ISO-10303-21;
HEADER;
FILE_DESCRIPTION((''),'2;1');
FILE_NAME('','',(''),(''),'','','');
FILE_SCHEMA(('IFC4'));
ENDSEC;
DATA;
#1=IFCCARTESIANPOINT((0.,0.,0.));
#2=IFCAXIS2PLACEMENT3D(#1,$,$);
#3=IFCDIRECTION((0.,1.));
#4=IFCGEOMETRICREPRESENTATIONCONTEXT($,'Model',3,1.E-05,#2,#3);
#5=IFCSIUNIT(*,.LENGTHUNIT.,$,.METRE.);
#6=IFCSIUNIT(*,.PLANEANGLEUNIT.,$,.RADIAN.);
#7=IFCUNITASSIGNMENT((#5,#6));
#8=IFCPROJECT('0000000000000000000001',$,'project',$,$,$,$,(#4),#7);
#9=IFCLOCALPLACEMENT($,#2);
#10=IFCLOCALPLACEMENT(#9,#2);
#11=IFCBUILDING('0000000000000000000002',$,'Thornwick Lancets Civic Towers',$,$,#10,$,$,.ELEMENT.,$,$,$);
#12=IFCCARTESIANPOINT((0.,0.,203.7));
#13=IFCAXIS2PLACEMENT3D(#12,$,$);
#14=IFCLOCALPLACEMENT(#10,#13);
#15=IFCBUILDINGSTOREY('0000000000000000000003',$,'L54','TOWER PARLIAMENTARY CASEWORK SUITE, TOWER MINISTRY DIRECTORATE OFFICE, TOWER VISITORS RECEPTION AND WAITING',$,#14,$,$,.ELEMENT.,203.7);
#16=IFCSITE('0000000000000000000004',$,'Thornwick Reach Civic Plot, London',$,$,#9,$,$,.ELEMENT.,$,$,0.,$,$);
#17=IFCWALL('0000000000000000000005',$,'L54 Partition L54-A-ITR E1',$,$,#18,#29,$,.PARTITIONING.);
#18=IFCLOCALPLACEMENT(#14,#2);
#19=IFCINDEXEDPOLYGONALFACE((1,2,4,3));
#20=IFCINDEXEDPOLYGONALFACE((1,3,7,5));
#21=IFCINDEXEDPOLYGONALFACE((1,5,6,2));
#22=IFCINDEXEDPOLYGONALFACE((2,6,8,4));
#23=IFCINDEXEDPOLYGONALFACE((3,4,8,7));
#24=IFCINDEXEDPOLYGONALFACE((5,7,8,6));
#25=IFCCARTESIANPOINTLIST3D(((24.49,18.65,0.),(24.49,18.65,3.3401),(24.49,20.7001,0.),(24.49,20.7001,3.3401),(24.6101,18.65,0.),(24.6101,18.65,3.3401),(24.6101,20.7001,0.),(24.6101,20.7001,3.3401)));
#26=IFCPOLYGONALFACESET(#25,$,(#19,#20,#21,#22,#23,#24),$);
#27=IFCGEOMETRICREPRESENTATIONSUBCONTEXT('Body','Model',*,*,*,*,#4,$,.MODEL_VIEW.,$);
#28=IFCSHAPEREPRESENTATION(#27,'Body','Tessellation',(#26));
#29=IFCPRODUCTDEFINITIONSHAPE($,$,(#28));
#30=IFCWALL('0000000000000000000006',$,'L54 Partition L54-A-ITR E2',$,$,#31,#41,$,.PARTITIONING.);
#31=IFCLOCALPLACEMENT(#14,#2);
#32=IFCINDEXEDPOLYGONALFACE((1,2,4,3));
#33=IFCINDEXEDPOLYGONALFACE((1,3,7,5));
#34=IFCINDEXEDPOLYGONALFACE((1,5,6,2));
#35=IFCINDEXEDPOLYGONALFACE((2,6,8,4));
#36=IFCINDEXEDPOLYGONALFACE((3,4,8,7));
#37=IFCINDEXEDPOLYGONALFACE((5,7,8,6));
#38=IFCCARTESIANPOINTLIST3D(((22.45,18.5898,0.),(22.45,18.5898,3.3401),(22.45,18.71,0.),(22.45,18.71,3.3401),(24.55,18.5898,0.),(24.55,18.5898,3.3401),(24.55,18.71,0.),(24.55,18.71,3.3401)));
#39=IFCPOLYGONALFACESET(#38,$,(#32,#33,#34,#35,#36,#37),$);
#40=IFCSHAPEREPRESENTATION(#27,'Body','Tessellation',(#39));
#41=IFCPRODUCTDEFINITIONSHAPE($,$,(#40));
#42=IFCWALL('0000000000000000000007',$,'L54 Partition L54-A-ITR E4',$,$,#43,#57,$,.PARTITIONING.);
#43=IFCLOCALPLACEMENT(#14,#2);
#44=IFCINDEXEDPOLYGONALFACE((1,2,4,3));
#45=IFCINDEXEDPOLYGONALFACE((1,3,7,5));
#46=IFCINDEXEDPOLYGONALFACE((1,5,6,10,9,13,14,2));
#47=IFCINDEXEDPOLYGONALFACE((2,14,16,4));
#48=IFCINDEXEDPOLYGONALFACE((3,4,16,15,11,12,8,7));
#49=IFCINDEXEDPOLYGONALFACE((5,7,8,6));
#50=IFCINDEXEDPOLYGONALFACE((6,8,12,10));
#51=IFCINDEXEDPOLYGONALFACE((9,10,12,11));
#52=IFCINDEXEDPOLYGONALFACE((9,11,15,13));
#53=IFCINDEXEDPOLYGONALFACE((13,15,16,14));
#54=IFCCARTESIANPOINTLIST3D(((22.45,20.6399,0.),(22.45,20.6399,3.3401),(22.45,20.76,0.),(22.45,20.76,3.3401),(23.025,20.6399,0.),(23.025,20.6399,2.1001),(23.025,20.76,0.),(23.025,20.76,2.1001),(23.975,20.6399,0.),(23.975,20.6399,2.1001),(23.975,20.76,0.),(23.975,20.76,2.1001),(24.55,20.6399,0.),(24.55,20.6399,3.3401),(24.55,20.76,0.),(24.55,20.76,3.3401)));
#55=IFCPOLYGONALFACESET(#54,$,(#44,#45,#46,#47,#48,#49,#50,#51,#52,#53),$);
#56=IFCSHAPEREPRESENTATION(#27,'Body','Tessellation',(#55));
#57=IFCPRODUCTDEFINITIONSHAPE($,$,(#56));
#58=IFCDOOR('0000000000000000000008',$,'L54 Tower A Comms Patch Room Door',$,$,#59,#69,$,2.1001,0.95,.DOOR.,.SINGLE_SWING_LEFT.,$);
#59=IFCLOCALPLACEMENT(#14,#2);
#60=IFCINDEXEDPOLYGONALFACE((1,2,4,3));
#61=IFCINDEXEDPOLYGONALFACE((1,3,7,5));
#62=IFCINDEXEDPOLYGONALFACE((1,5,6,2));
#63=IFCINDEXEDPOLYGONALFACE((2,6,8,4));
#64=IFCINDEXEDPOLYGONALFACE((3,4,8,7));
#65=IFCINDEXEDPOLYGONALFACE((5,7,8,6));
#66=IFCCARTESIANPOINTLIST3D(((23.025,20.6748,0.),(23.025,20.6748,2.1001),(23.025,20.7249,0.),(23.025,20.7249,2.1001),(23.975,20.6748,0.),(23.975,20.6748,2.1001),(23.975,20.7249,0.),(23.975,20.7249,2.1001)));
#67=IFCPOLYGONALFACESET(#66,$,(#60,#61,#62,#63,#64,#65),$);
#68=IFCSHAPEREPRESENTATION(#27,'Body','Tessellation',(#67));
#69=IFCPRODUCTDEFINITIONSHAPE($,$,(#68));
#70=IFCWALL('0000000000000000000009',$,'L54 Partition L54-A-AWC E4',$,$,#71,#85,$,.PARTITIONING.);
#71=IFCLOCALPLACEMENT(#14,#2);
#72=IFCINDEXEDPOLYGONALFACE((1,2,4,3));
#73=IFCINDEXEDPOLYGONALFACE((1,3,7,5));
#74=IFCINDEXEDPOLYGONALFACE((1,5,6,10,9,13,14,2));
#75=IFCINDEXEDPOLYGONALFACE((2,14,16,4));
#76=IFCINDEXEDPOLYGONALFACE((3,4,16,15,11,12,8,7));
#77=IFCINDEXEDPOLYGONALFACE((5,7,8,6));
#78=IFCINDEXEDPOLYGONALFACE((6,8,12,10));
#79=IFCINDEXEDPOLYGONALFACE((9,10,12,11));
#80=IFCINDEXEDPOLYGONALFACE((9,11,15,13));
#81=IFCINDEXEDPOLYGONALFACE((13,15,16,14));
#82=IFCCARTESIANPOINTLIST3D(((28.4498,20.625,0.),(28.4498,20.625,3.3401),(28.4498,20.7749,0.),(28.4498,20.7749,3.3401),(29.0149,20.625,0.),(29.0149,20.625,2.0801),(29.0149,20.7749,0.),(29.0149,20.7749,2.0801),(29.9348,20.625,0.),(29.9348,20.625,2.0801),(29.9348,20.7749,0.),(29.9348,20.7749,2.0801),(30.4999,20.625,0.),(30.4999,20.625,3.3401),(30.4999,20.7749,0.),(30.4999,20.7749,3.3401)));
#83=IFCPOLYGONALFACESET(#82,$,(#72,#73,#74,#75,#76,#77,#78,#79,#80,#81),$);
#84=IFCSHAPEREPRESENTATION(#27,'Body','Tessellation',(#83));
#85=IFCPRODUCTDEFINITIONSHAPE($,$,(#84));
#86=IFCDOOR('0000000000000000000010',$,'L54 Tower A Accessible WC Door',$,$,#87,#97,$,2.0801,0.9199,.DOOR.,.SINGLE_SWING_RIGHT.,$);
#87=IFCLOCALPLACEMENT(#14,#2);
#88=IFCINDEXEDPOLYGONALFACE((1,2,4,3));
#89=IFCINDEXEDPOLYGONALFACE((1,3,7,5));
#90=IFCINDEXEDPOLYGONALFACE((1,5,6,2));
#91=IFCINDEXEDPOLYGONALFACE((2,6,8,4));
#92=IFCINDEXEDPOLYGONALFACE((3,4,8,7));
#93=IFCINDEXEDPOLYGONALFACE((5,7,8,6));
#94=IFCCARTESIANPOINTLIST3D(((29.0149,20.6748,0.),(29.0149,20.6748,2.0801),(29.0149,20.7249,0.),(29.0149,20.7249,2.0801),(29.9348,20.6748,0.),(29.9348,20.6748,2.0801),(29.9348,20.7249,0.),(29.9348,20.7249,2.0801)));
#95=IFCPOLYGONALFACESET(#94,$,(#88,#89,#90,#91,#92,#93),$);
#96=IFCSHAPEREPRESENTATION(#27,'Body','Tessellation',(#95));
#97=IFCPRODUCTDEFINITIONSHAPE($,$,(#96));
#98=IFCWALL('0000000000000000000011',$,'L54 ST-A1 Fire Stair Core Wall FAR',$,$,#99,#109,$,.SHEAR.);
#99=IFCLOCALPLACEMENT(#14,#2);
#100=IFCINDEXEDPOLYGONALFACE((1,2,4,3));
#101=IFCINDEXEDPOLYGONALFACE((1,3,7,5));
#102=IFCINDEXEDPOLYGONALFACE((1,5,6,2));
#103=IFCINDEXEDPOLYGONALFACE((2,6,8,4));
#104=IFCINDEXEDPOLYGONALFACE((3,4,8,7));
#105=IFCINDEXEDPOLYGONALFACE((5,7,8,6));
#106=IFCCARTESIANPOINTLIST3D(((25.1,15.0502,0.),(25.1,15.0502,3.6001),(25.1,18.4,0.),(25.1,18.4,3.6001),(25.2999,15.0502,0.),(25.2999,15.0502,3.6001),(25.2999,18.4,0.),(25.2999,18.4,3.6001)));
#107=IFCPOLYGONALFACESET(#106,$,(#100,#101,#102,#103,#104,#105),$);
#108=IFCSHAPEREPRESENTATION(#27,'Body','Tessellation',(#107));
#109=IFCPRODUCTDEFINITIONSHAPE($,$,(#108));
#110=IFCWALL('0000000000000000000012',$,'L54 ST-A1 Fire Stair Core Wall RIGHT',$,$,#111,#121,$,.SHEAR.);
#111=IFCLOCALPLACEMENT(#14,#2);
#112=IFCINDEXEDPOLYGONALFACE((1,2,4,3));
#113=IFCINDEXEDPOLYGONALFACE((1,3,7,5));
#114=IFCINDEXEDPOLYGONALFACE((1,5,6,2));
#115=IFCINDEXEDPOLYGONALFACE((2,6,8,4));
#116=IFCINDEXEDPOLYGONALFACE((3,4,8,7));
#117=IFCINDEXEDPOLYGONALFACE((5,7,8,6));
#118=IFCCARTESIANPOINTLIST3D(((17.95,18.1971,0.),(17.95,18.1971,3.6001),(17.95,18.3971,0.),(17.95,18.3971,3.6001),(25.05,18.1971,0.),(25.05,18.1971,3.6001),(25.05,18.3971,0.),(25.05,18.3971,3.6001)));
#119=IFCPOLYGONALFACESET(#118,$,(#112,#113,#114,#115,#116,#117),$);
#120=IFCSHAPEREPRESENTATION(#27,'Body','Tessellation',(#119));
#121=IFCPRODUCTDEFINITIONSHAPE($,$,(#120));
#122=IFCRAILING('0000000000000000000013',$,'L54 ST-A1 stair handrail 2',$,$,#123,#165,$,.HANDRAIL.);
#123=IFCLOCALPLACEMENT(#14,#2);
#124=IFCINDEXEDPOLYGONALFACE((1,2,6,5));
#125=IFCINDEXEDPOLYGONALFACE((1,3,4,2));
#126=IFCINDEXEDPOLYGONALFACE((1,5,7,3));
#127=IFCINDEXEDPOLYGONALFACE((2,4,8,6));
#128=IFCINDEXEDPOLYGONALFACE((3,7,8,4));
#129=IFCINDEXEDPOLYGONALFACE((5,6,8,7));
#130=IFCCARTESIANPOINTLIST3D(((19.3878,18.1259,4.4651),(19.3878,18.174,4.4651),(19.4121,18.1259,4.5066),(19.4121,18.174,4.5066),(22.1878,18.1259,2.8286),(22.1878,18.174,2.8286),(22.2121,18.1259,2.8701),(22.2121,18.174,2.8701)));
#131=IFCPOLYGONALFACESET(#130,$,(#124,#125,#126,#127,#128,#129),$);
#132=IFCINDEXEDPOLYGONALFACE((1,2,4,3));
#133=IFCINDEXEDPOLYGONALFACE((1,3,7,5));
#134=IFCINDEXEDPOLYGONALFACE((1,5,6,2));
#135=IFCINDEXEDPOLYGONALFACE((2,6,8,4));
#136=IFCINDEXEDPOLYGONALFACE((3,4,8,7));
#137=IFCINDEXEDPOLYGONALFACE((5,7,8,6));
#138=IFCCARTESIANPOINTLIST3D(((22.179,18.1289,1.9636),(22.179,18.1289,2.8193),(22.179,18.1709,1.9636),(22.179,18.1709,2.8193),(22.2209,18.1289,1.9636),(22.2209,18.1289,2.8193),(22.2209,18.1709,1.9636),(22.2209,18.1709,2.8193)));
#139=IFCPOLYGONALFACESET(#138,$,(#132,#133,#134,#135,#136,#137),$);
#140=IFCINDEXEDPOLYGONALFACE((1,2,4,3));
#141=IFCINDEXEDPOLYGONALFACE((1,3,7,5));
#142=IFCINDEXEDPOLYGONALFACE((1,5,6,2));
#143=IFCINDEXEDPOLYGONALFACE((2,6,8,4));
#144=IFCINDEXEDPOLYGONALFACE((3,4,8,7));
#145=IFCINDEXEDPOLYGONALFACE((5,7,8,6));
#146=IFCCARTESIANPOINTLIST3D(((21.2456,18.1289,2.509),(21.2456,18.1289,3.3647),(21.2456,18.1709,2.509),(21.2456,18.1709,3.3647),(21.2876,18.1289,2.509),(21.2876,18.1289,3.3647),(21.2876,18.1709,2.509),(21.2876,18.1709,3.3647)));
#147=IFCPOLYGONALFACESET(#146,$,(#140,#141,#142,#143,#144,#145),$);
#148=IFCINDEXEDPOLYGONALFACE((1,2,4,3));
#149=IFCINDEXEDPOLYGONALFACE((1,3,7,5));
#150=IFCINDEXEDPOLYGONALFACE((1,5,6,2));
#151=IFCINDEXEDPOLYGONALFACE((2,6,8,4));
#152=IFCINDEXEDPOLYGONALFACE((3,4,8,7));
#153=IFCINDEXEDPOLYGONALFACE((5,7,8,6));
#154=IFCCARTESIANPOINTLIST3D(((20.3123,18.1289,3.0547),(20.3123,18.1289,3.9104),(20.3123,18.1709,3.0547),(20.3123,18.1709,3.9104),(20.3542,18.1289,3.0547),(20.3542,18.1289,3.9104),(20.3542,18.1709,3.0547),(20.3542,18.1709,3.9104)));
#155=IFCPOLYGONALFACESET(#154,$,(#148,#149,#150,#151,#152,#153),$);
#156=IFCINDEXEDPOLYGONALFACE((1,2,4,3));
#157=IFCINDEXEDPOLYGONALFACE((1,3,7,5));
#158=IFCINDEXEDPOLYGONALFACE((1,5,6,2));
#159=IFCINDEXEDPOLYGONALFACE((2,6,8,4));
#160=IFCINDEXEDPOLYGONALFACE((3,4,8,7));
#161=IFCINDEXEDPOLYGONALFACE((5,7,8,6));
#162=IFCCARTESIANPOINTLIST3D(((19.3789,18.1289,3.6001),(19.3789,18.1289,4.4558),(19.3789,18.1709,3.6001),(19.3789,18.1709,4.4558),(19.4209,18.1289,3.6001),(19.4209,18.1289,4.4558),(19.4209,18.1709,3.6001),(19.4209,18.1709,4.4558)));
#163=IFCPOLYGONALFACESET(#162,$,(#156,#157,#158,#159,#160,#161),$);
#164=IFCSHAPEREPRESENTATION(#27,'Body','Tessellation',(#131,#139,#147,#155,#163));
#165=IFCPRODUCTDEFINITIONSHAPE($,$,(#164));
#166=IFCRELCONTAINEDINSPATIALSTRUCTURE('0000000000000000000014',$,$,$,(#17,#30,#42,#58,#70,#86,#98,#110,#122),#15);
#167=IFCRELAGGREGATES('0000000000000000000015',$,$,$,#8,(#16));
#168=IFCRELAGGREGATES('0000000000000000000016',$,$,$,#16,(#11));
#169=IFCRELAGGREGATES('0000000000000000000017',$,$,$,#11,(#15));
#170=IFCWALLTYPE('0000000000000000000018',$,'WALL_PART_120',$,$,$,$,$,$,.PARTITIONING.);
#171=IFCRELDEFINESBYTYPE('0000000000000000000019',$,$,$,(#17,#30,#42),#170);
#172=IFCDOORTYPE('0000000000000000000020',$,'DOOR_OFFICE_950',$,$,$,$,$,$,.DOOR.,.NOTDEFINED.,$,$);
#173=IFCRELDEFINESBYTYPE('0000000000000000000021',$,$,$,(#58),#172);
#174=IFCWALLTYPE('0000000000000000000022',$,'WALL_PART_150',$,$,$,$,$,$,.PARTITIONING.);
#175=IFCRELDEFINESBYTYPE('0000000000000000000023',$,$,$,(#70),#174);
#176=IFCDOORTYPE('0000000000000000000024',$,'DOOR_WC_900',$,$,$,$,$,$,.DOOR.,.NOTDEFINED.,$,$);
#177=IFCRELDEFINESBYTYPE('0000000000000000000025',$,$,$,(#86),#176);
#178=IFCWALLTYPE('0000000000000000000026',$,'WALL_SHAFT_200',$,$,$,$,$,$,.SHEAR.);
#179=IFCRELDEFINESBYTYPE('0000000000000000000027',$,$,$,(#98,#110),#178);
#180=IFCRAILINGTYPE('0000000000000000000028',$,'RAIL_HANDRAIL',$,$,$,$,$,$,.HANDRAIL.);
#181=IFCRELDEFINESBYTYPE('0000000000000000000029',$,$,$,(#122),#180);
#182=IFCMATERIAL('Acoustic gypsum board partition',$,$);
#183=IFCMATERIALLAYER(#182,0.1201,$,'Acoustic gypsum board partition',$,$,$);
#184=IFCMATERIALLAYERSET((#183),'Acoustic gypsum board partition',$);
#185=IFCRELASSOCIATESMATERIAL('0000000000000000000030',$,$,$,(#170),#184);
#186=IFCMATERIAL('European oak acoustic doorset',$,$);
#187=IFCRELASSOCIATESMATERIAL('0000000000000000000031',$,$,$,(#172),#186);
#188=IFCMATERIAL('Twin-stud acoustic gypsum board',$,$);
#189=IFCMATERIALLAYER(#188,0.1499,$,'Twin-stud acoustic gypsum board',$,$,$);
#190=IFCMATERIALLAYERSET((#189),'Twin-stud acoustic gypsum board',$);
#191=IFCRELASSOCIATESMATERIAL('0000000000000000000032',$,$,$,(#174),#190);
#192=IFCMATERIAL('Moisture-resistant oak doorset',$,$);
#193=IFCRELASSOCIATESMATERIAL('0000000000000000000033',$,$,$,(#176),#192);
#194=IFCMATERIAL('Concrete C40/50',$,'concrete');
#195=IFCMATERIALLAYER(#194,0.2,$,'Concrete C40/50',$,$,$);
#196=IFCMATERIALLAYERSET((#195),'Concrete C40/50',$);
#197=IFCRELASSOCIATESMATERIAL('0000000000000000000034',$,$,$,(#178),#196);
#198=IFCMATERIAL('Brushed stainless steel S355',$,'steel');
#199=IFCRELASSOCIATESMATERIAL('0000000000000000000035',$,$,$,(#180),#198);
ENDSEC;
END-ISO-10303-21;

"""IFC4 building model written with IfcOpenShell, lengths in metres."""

from ifc_helpers import new_model, si_unit, direction, frame, frame_2d, origin, origin_2d, place, context, subcontext, project, spatial, rectangle, extrude, material, layer, layer_set, type_object, element, fill, save


model = new_model("IFC4")

# Units and contexts
model_context = context("Model", 3, precision=1e-05, world=origin(), true_north=direction((0.0, 1.0)))
body_context = subcontext(model_context, "Body", "Model", "MODEL_VIEW")
ifc_project = project(units=[si_unit("LENGTHUNIT", "METRE"), si_unit("PLANEANGLEUNIT", "RADIAN")], contexts=[model_context])

# Site, building, storey
site_placement = place(None, origin())
site = spatial("IfcSite", under=ifc_project, at=site_placement, Name="Thornwick Reach Civic Plot, London", CompositionType="ELEMENT", RefElevation=0.0)
building_placement = place(site_placement, origin())
building = spatial("IfcBuilding", under=site, at=building_placement, Name="Thornwick Lancets Civic Towers", CompositionType="ELEMENT")
storey_placement = place(building_placement, frame((0.0, 0.0, 203.7)))
storey = spatial("IfcBuildingStorey", under=building, at=storey_placement, Name="L54", Description="TOWER PARLIAMENTARY CASEWORK SUITE, TOWER MINISTRY DIRECTORATE OFFICE, TOWER VISITORS RECEPTION AND WAITING", CompositionType="ELEMENT", Elevation=203.7)

# Shared definitions
ifc_material_1 = material(Name="Concrete C40/50", Category="concrete")

# Walls
ifc_material_2 = material(Name="Acoustic gypsum board partition")
ifc_layer_1 = layer(ifc_material_2, 0.1201, Name="Acoustic gypsum board partition")
ifc_layer_set_1 = layer_set([ifc_layer_1], Name="Acoustic gypsum board partition")
wall_type_1 = type_object("IfcWallType", Name="WALL_PART_120", PredefinedType="PARTITIONING", material=ifc_layer_set_1)
wall_1_placement = place(storey_placement, frame((24.55, 20.7, 0.0), z_axis=(0.0, 0.0, 1.0), x_axis=(0.0, -1.0, 0.0)))
element("IfcWall", 1, at=wall_1_placement, inside=storey, type_object=wall_type_1, Name="L54 Partition L54-A-ITR E1", PredefinedType="PARTITIONING", context=body_context, shape_type="SweptSolid", body=[
    extrude(rectangle(XDim=2.05, YDim=0.1201, at=frame_2d((1.0249, 0.0))), origin(), (0.0, 0.0, 1.0), 3.3401),
])
wall_2_placement = place(storey_placement, frame((24.55, 18.6499, 0.0), z_axis=(0.0, 0.0, 1.0), x_axis=(-1.0, 0.0, 0.0)))
element("IfcWall", 2, at=wall_2_placement, inside=storey, type_object=wall_type_1, Name="L54 Partition L54-A-ITR E2", PredefinedType="PARTITIONING", context=body_context, shape_type="SweptSolid", body=[
    extrude(rectangle(XDim=2.1001, YDim=0.1201, at=frame_2d((1.05, 0.0))), origin(), (0.0, 0.0, 1.0), 3.3401),
])

# Walls, openings, doors
wall_3_placement = place(storey_placement, frame((22.45, 20.7, 0.0), z_axis=(0.0, 0.0, 1.0), x_axis=(1.0, 0.0, 0.0)))
wall_3 = element("IfcWall", 3, at=wall_3_placement, inside=storey, type_object=wall_type_1, Name="L54 Partition L54-A-ITR E4", PredefinedType="PARTITIONING", context=body_context, shape_type="SweptSolid", body=[
    extrude(rectangle(XDim=2.1001, YDim=0.1201, at=frame_2d((1.05, 0.0))), origin(), (0.0, 0.0, 1.0), 3.3401),
])
opening_1_placement = place(wall_3_placement, frame((0.575, 0.0, 0.0)))
opening_1 = element("IfcOpeningElement", 4, at=opening_1_placement, cuts=wall_3, PredefinedType="OPENING", context=body_context, shape_type="SweptSolid", body=[
    extrude(rectangle(XDim=0.95, YDim=2.1001, at=frame_2d((0.4751, 1.05))), frame((0.0, 0.0701, 0.0), z_axis=(0.0, -1.0, 0.0), x_axis=(1.0, 0.0, 0.0)), (0.0, 0.0, 1.0), 0.1401),
])
ifc_material_3 = material(Name="European oak acoustic doorset")
door_type_1 = type_object("IfcDoorType", Name="DOOR_OFFICE_950", OperationType="NOTDEFINED", PredefinedType="DOOR", material=ifc_material_3)
door_1_placement = place(opening_1_placement, origin())
door_1 = element("IfcDoor", 5, at=door_1_placement, inside=storey, type_object=door_type_1, Name="L54 Tower A Comms Patch Room Door", OperationType="SINGLE_SWING_LEFT", OverallHeight=2.1001, OverallWidth=0.95, PredefinedType="DOOR", context=body_context, shape_type="SweptSolid", body=[
    extrude(rectangle(XDim=0.95, YDim=2.1001, at=frame_2d((0.4751, 1.05))), frame((0.0, 0.0249, 0.0), z_axis=(0.0, -1.0, 0.0), x_axis=(1.0, 0.0, 0.0)), (0.0, 0.0, 1.0), 0.05),
])
fill(opening_1, door_1)
ifc_material_4 = material(Name="Twin-stud acoustic gypsum board")
ifc_layer_2 = layer(ifc_material_4, 0.1499, Name="Twin-stud acoustic gypsum board")
ifc_layer_set_2 = layer_set([ifc_layer_2], Name="Twin-stud acoustic gypsum board")
wall_type_2 = type_object("IfcWallType", Name="WALL_PART_150", PredefinedType="PARTITIONING", material=ifc_layer_set_2)
wall_4_placement = place(storey_placement, frame((28.45, 20.7, 0.0), z_axis=(0.0, 0.0, 1.0), x_axis=(1.0, 0.0, 0.0)))
wall_4 = element("IfcWall", 6, at=wall_4_placement, inside=storey, type_object=wall_type_2, Name="L54 Partition L54-A-AWC E4", PredefinedType="PARTITIONING", context=body_context, shape_type="SweptSolid", body=[
    extrude(rectangle(XDim=2.05, YDim=0.1499, at=frame_2d((1.0249, 0.0))), origin(), (0.0, 0.0, 1.0), 3.3401),
])
opening_2_placement = place(wall_4_placement, frame((0.5649, 0.0, 0.0)))
opening_2 = element("IfcOpeningElement", 7, at=opening_2_placement, cuts=wall_4, PredefinedType="OPENING", context=body_context, shape_type="SweptSolid", body=[
    extrude(rectangle(XDim=0.9199, YDim=2.0801, at=frame_2d((0.46, 1.04))), frame((0.0, 0.085, 0.0), z_axis=(0.0, -1.0, 0.0), x_axis=(1.0, 0.0, 0.0)), (0.0, 0.0, 1.0), 0.1699),
])
ifc_material_5 = material(Name="Moisture-resistant oak doorset")
door_type_2 = type_object("IfcDoorType", Name="DOOR_WC_900", OperationType="NOTDEFINED", PredefinedType="DOOR", material=ifc_material_5)
door_2_placement = place(opening_2_placement, origin())
door_2 = element("IfcDoor", 8, at=door_2_placement, inside=storey, type_object=door_type_2, Name="L54 Tower A Accessible WC Door", OperationType="SINGLE_SWING_RIGHT", OverallHeight=2.0801, OverallWidth=0.9199, PredefinedType="DOOR", context=body_context, shape_type="SweptSolid", body=[
    extrude(rectangle(XDim=0.9199, YDim=2.0801, at=frame_2d((0.46, 1.04))), frame((0.0, 0.0249, 0.0), z_axis=(0.0, -1.0, 0.0), x_axis=(1.0, 0.0, 0.0)), (0.0, 0.0, 1.0), 0.05),
])
fill(opening_2, door_2)

# Walls
ifc_layer_3 = layer(ifc_material_1, 0.2, Name="Concrete C40/50")
ifc_layer_set_3 = layer_set([ifc_layer_3], Name="Concrete C40/50")
wall_type_3 = type_object("IfcWallType", Name="WALL_SHAFT_200", PredefinedType="SHEAR", material=ifc_layer_set_3)
wall_5_placement = place(storey_placement, frame((25.2, 18.3999, 0.0), z_axis=(0.0, 0.0, 1.0), x_axis=(0.0, -1.0, 0.0)))
element("IfcWall", 9, at=wall_5_placement, inside=storey, type_object=wall_type_3, Name="L54 ST-A1 Fire Stair Core Wall FAR", PredefinedType="SHEAR", context=body_context, shape_type="SweptSolid", body=[
    extrude(rectangle(XDim=3.3499, YDim=0.2, at=frame_2d((1.6748, 0.0))), origin(), (0.0, 0.0, 1.0), 3.6001),
])
wall_6_placement = place(storey_placement, frame((25.05, 18.2971, 0.0), z_axis=(0.0, 0.0, 1.0), x_axis=(-1.0, 0.0, 0.0)))
element("IfcWall", 10, at=wall_6_placement, inside=storey, type_object=wall_type_3, Name="L54 ST-A1 Fire Stair Core Wall RIGHT", PredefinedType="SHEAR", context=body_context, shape_type="SweptSolid", body=[
    extrude(rectangle(XDim=7.1001, YDim=0.2, at=frame_2d((3.55, 0.0))), origin(), (0.0, 0.0, 1.0), 3.6001),
])

# Railing
ifc_material_6 = material(Name="Brushed stainless steel S355", Category="steel")
railing_type_1 = type_object("IfcRailingType", Name="RAIL_HANDRAIL", PredefinedType="HANDRAIL", material=ifc_material_6)
railing_1_placement = place(storey_placement, frame((22.2, 18.1499, 1.9636)))
element("IfcRailing", 11, at=railing_1_placement, inside=storey, type_object=railing_type_1, Name="L54 ST-A1 stair handrail 2", PredefinedType="HANDRAIL", context=body_context, shape_type="SweptSolid", body=[
    extrude(rectangle(XDim=0.0481, YDim=0.0481, at=origin_2d()), frame((0.0, 0.0, 0.8857), z_axis=(-0.863361, 0.0, 0.504587), x_axis=(0.0, -1.0, 0.0)), (0.0, 0.0, 1.0), 3.2432),
    extrude(rectangle(XDim=0.042, YDim=0.042, at=origin_2d()), origin(), (0.0, 0.0, 1.0), 0.8557),
    extrude(rectangle(XDim=0.042, YDim=0.042, at=origin_2d()), frame((-0.9333, 0.0, 0.5454)), (0.0, 0.0, 1.0), 0.8557),
    extrude(rectangle(XDim=0.042, YDim=0.042, at=origin_2d()), frame((-1.8667, 0.0, 1.0911)), (0.0, 0.0, 1.0), 0.8557),
    extrude(rectangle(XDim=0.042, YDim=0.042, at=origin_2d()), frame((-2.8, 0.0, 1.6365)), (0.0, 0.0, 1.0), 0.8557),
])

save(model, "model.ifc")
